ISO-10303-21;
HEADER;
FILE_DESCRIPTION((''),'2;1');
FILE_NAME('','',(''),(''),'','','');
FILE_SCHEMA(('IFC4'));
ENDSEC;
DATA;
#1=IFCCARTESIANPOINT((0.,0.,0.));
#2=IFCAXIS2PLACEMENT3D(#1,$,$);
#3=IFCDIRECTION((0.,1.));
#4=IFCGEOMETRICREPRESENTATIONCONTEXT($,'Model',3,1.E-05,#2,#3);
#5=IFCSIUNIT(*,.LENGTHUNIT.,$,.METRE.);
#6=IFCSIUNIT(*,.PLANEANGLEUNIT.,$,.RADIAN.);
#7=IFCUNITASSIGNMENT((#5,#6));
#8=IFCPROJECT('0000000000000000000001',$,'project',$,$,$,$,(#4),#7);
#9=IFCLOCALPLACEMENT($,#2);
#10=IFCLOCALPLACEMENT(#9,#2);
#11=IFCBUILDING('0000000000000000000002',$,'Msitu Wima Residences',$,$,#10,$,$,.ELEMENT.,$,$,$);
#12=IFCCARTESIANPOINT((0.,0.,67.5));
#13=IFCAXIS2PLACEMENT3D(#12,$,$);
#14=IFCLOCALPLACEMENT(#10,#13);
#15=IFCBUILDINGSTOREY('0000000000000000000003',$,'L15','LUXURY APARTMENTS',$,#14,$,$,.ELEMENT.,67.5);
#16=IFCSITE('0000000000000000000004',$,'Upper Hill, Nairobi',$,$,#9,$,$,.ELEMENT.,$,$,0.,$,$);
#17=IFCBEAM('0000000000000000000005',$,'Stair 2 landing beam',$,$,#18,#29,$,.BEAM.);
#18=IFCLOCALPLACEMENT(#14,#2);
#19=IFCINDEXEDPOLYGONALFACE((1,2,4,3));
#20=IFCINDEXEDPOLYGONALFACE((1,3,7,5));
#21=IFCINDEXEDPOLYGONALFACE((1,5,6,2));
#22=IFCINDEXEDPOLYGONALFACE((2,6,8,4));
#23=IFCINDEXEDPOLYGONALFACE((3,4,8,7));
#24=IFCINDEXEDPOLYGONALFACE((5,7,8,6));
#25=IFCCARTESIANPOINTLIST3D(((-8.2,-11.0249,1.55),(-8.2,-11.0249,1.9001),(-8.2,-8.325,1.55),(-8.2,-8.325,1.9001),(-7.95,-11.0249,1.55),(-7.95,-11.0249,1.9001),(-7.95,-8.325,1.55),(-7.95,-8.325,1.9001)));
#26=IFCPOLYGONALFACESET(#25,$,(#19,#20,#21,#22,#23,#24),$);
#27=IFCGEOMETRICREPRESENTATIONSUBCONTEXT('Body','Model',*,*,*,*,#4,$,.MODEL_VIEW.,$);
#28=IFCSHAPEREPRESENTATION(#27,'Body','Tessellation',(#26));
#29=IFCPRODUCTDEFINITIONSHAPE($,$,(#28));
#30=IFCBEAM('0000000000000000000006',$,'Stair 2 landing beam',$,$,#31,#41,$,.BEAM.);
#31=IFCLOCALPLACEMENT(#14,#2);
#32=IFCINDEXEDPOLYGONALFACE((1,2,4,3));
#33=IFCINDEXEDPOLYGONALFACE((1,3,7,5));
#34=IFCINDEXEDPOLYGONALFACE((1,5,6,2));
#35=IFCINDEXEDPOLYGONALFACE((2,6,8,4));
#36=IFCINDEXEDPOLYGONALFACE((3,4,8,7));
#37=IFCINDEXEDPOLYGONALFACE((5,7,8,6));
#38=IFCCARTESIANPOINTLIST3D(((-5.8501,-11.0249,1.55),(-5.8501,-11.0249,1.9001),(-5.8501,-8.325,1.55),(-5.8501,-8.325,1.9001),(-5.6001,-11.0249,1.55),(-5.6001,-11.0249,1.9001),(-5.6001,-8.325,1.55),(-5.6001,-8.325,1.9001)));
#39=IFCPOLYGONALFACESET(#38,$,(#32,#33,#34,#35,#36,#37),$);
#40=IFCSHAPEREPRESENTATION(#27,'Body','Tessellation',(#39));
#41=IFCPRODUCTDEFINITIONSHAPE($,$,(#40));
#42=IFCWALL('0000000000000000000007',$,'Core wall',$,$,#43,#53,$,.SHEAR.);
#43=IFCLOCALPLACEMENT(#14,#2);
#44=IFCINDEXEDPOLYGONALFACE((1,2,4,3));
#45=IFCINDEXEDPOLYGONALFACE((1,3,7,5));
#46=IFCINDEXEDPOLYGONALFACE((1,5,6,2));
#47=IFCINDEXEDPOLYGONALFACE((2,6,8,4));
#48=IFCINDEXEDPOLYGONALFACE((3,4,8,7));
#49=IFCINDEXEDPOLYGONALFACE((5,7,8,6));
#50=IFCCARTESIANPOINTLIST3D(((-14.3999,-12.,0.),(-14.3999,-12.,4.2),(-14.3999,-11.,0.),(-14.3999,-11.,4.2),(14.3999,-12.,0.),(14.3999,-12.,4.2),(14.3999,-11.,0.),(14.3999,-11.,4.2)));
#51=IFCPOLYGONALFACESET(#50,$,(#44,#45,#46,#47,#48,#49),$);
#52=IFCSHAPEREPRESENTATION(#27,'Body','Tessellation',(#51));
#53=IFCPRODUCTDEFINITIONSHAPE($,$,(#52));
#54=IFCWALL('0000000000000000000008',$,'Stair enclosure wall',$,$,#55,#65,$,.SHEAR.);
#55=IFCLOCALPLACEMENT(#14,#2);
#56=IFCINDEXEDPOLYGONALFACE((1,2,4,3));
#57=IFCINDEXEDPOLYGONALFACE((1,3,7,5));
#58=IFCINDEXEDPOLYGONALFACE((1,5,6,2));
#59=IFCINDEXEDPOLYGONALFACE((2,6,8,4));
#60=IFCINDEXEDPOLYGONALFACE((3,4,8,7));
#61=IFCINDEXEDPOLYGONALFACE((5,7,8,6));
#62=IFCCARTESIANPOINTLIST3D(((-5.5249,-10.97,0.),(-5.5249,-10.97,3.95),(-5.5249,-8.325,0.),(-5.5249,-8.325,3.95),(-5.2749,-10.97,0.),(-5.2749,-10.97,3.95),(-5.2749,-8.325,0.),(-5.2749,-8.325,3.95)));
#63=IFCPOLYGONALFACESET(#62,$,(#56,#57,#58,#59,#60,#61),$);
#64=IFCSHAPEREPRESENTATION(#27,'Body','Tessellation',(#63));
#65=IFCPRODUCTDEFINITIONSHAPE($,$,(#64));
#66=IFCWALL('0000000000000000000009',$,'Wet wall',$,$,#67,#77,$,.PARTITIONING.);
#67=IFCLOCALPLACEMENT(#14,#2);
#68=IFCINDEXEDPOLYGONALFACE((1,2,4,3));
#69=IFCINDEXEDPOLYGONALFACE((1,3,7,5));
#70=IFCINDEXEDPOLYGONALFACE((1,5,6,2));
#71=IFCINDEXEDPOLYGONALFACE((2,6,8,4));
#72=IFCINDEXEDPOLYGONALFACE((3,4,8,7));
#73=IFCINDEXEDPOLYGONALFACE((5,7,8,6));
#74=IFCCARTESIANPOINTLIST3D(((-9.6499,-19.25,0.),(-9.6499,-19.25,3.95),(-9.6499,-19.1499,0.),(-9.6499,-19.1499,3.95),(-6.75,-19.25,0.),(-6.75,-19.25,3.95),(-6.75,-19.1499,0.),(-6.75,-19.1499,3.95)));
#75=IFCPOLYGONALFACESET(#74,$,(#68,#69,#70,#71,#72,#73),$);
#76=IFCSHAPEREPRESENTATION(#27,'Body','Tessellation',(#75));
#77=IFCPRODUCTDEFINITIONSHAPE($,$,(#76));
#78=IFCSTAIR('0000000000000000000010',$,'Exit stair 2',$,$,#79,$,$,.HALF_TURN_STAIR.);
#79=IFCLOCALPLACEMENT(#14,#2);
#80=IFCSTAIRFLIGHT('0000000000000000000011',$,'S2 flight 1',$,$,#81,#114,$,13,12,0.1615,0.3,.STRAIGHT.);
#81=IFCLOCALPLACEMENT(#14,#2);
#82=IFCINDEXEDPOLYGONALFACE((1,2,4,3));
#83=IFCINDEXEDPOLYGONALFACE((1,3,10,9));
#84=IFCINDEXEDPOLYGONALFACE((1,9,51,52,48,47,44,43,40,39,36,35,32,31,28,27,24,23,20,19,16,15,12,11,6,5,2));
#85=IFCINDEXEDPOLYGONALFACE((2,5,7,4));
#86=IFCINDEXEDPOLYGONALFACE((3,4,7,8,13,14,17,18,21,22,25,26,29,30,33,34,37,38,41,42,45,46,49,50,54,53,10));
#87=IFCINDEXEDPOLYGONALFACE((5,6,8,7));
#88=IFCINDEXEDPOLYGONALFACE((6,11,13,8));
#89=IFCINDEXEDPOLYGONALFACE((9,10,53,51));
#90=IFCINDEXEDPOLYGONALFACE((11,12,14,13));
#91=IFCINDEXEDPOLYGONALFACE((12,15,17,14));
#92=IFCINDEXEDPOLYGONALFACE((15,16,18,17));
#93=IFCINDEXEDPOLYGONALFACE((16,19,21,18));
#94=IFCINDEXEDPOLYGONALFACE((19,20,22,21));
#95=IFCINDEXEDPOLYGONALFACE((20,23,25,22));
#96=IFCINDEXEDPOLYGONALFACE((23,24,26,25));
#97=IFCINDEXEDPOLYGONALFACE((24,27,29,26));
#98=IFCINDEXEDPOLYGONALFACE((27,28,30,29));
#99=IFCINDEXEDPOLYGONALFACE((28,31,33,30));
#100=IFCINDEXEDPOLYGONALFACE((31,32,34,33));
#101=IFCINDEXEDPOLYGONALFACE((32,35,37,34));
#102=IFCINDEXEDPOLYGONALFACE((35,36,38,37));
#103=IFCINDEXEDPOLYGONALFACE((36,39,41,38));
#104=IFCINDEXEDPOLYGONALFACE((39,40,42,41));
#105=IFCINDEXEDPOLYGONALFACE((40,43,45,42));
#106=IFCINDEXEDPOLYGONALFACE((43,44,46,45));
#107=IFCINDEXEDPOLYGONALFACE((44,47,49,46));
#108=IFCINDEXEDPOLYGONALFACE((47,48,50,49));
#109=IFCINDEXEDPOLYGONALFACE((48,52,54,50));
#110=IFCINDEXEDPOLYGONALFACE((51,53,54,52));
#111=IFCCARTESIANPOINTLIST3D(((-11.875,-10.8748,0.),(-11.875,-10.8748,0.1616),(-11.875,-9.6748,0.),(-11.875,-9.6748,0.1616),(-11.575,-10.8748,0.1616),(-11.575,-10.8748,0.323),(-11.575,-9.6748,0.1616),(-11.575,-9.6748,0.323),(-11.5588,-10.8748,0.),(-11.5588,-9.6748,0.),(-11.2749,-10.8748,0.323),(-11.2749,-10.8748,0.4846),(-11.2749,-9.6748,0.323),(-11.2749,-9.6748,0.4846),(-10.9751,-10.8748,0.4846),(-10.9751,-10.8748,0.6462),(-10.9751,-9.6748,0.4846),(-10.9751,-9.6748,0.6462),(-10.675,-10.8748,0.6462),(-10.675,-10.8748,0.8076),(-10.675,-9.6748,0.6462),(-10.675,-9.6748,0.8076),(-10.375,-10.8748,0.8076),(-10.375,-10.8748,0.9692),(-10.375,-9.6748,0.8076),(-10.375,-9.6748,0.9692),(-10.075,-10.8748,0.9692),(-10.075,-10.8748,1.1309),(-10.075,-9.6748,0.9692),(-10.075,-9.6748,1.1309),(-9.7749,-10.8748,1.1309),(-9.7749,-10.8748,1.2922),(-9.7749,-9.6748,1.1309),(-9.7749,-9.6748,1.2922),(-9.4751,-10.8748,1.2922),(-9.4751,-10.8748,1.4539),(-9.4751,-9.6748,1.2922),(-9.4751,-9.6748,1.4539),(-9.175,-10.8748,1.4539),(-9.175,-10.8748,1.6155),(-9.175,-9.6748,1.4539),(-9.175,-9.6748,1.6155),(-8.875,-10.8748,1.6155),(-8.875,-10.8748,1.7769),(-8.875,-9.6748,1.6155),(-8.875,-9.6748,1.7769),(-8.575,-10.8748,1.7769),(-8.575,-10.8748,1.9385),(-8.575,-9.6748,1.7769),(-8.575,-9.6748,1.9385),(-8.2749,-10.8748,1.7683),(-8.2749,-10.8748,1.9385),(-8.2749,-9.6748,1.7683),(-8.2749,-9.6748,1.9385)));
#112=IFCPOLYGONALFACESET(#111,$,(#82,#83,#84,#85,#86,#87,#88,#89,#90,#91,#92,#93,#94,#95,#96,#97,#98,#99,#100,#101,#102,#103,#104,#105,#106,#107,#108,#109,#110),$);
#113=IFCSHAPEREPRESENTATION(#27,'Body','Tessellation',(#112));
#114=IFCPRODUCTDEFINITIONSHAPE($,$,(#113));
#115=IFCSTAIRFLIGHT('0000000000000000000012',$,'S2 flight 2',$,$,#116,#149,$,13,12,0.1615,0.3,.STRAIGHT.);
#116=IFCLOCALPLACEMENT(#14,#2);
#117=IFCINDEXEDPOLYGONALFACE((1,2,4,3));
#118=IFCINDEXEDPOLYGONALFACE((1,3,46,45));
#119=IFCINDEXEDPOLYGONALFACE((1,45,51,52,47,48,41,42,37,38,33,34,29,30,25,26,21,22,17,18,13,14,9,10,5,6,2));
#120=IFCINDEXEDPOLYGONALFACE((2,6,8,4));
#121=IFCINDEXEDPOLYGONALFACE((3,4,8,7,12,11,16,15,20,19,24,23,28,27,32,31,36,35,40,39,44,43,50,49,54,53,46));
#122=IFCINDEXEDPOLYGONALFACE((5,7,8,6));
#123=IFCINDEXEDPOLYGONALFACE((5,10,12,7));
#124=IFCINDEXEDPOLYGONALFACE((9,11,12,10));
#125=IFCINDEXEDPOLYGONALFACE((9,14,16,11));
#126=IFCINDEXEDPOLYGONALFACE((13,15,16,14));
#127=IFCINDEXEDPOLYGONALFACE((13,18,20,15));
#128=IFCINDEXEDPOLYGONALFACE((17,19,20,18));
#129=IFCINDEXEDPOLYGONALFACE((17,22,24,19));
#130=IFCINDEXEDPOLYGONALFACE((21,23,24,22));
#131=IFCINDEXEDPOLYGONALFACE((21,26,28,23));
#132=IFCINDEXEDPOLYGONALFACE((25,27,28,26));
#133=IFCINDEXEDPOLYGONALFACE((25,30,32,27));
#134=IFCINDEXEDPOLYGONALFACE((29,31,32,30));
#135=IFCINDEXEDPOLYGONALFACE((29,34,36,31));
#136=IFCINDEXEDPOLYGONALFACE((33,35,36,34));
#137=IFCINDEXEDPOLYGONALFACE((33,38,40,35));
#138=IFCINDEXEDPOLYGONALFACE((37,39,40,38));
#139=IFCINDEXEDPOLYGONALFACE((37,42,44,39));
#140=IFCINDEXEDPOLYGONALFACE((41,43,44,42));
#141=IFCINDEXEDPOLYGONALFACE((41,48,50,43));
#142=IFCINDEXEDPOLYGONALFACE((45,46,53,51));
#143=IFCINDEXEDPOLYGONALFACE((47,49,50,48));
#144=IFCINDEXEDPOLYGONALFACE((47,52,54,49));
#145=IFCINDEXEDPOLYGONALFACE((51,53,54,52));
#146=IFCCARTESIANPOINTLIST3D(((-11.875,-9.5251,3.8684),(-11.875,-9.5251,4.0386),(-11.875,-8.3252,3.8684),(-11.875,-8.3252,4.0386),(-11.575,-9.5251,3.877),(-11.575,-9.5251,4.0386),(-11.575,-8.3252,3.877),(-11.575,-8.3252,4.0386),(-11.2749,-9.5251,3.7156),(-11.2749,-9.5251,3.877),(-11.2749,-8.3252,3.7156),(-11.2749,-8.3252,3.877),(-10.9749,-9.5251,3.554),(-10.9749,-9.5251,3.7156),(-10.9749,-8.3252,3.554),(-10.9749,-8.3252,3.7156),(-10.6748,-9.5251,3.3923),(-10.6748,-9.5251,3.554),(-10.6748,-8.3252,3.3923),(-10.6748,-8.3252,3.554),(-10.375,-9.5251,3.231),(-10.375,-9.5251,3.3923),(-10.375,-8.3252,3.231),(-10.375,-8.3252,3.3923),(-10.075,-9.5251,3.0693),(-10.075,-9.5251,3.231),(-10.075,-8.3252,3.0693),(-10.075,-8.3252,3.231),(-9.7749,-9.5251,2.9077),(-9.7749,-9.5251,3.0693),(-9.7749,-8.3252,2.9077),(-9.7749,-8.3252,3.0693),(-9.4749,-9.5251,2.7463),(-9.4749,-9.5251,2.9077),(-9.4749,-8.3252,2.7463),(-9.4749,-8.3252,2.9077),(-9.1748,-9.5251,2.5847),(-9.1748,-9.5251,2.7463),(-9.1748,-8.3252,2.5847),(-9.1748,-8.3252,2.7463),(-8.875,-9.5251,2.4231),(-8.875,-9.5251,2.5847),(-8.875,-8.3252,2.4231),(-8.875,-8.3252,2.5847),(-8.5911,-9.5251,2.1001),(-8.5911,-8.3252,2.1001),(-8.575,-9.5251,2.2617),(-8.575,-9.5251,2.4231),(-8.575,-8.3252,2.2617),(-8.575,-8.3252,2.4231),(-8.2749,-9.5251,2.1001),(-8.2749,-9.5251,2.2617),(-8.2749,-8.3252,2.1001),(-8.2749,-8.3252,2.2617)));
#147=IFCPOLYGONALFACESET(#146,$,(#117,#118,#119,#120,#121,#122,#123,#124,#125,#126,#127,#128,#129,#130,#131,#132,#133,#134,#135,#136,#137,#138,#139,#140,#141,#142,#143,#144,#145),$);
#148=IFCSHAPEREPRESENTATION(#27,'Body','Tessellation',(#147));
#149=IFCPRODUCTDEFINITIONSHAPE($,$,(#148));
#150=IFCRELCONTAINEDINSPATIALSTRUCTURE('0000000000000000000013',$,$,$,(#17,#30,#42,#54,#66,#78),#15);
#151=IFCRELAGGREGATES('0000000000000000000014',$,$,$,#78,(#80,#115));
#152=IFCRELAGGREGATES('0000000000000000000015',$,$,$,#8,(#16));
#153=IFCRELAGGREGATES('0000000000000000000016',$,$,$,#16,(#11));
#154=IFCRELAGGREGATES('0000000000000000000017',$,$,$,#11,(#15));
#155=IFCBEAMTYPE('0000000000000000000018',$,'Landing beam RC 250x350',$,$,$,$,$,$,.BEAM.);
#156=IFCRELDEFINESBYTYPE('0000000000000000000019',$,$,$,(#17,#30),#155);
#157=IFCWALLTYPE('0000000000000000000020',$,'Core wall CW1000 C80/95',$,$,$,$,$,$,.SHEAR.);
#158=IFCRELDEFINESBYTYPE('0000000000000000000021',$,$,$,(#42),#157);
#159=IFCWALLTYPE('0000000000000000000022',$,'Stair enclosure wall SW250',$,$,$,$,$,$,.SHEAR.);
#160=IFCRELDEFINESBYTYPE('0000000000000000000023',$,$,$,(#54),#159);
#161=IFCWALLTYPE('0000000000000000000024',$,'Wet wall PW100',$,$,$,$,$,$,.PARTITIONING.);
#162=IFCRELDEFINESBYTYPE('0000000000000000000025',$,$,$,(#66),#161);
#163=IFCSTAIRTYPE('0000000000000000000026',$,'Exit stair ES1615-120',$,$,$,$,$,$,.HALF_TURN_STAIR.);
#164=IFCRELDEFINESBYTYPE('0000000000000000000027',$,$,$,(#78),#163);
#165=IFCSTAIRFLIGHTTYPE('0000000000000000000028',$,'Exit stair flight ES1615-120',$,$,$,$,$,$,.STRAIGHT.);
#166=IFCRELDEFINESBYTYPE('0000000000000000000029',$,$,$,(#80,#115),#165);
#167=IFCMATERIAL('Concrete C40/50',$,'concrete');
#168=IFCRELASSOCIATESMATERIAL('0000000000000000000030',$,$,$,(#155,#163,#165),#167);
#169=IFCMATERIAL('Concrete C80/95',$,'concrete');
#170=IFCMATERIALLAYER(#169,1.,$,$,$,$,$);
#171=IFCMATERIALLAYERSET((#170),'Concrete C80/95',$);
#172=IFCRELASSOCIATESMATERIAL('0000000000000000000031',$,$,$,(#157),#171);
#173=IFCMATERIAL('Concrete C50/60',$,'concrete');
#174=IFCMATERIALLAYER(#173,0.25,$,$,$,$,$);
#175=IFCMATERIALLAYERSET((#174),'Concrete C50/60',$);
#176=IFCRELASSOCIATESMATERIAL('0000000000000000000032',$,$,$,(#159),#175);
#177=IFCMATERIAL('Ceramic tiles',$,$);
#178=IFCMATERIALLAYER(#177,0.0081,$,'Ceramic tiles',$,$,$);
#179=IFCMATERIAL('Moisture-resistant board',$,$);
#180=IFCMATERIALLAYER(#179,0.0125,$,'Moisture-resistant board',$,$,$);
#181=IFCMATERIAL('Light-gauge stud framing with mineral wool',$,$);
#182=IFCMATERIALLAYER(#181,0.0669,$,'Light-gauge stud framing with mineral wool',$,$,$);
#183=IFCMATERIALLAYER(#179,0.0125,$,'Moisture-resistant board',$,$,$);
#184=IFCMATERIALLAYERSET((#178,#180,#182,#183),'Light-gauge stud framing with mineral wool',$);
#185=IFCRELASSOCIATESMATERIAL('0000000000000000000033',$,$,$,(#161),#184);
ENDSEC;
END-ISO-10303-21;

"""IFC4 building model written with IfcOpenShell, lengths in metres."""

from ifc_helpers import new_model, si_unit, direction, frame, frame_2d, origin, origin_2d, place, context, subcontext, project, spatial, polyline, rectangle, outline, extrude, material, layer, layer_set, material_profile, profile_set, type_object, element, aggregate, save


model = new_model("IFC4")

# Units and contexts
model_context = context("Model", 3, precision=1e-05, world=origin(), true_north=direction((0.0, 1.0)))
body_context = subcontext(model_context, "Body", "Model", "MODEL_VIEW")
ifc_project = project(units=[si_unit("LENGTHUNIT", "METRE"), si_unit("PLANEANGLEUNIT", "RADIAN")], contexts=[model_context])

# Site, building, storey
site_placement = place(None, origin())
site = spatial("IfcSite", under=ifc_project, at=site_placement, Name="Upper Hill, Nairobi", CompositionType="ELEMENT", RefElevation=0.0)
building_placement = place(site_placement, origin())
building = spatial("IfcBuilding", under=site, at=building_placement, Name="Msitu Wima Residences", CompositionType="ELEMENT")
storey_placement = place(building_placement, frame((0.0, 0.0, 67.5)))
storey = spatial("IfcBuildingStorey", under=building, at=storey_placement, Name="L15", Description="LUXURY APARTMENTS", CompositionType="ELEMENT", Elevation=67.5)

# Beams
ifc_material_1 = material(Name="Concrete C40/50", Category="concrete")
ifc_material_profile = material_profile(ifc_material_1, rectangle(XDim=0.25, YDim=0.3501, at=origin_2d()), Name="RC 250x350")
ifc_profile_set = profile_set([ifc_material_profile], Name="Concrete C40/50")
beam_type = type_object("IfcBeamType", Name="Landing beam RC 250x350", PredefinedType="BEAM", material=ifc_profile_set)
for number, where, z_axis, x_axis, name in (
    (1, (-8.075, -11.0249, 1.7251), (0.0, 1.0, 0.0), (-1.0, 0.0, 0.0), "Stair 2 landing beam"),
    (2, (-5.7251, -11.0249, 1.7251), (0.0, 1.0, 0.0), (-1.0, 0.0, 0.0), "Stair 2 landing beam"),
):
    element("IfcBeam", number, at=place(storey_placement, frame(where, z_axis=z_axis, x_axis=x_axis)), inside=storey, type_object=beam_type, Name=name, PredefinedType="BEAM", context=body_context, shape_type="SweptSolid", body=[
        extrude(rectangle(XDim=0.25, YDim=0.3501, at=origin_2d()), origin(), (0.0, 0.0, 1.0), 2.7),
    ])

# Wall
ifc_material_2 = material(Name="Concrete C80/95", Category="concrete")
ifc_layer_1 = layer(ifc_material_2, 1.0)
ifc_layer_set_1 = layer_set([ifc_layer_1], Name="Concrete C80/95")
wall_type_1 = type_object("IfcWallType", Name="Core wall CW1000 C80/95", PredefinedType="SHEAR", material=ifc_layer_set_1)
wall_1_placement = place(storey_placement, frame((-14.3999, -11.5, 0.0), z_axis=(0.0, 0.0, 1.0), x_axis=(1.0, 0.0, 0.0)))
element("IfcWall", 3, at=wall_1_placement, inside=storey, type_object=wall_type_1, Name="Core wall", PredefinedType="SHEAR", context=body_context, shape_type="SweptSolid", body=[
    extrude(rectangle(XDim=28.7998, YDim=1.0, at=frame_2d((14.3999, 0.0))), origin(), (0.0, 0.0, 1.0), 4.2),
])

# Walls
ifc_material_3 = material(Name="Concrete C50/60", Category="concrete")
ifc_layer_2 = layer(ifc_material_3, 0.25)
ifc_layer_set_2 = layer_set([ifc_layer_2], Name="Concrete C50/60")
wall_type_2 = type_object("IfcWallType", Name="Stair enclosure wall SW250", PredefinedType="SHEAR", material=ifc_layer_set_2)
wall_2_placement = place(storey_placement, frame((-5.3999, -10.97, 0.0), z_axis=(0.0, 0.0, 1.0), x_axis=(0.0, 1.0, 0.0)))
element("IfcWall", 4, at=wall_2_placement, inside=storey, type_object=wall_type_2, Name="Stair enclosure wall", PredefinedType="SHEAR", context=body_context, shape_type="SweptSolid", body=[
    extrude(rectangle(XDim=2.645, YDim=0.25, at=frame_2d((1.3225, 0.0))), origin(), (0.0, 0.0, 1.0), 3.95),
])
ifc_material_4 = material(Name="Ceramic tiles")
ifc_layer_3 = layer(ifc_material_4, 0.0081, Name="Ceramic tiles")
ifc_material_5 = material(Name="Moisture-resistant board")
ifc_layer_4 = layer(ifc_material_5, 0.0125, Name="Moisture-resistant board")
ifc_material_6 = material(Name="Light-gauge stud framing with mineral wool")
ifc_layer_5 = layer(ifc_material_6, 0.0669, Name="Light-gauge stud framing with mineral wool")
ifc_layer_6 = layer(ifc_material_5, 0.0125, Name="Moisture-resistant board")
ifc_layer_set_3 = layer_set([ifc_layer_3, ifc_layer_4, ifc_layer_5, ifc_layer_6], Name="Light-gauge stud framing with mineral wool")
wall_type_3 = type_object("IfcWallType", Name="Wet wall PW100", PredefinedType="PARTITIONING", material=ifc_layer_set_3)
wall_3_placement = place(storey_placement, frame((-9.6499, -19.2, 0.0), z_axis=(0.0, 0.0, 1.0), x_axis=(1.0, 0.0, 0.0)))
element("IfcWall", 5, at=wall_3_placement, inside=storey, type_object=wall_type_3, Name="Wet wall", PredefinedType="PARTITIONING", context=body_context, shape_type="SweptSolid", body=[
    extrude(rectangle(XDim=2.8999, YDim=0.1001, at=frame_2d((1.45, 0.0))), origin(), (0.0, 0.0, 1.0), 3.95),
])

# Stair, stair flights
stair_type = type_object("IfcStairType", Name="Exit stair ES1615-120", PredefinedType="HALF_TURN_STAIR", material=ifc_material_1)
stair_placement = place(storey_placement, origin())
stair = element("IfcStair", 6, at=stair_placement, inside=storey, type_object=stair_type, Name="Exit stair 2", PredefinedType="HALF_TURN_STAIR")
stair_flight_type = type_object("IfcStairFlightType", Name="Exit stair flight ES1615-120", PredefinedType="STRAIGHT", material=ifc_material_1)
stair_flight_1_placement = place(storey_placement, frame((-11.875, -10.2749, 0.0), z_axis=(0.0, 0.0, 1.0), x_axis=(1.0, 0.0, 0.0)))
stair_flight_1 = element("IfcStairFlight", 7, at=stair_flight_1_placement, type_object=stair_flight_type, Name="S2 flight 1", NumberOfRisers=13, NumberOfTreads=12, PredefinedType="STRAIGHT", RiserHeight=0.1615, TreadLength=0.3, context=body_context, shape_type="SweptSolid", body=[
    extrude(outline(polyline([(0.0, 0.0), (0.0, 0.1616), (0.3, 0.1616), (0.3, 0.323), (0.6001, 0.323), (0.6001, 0.4846), (0.8999, 0.4846), (0.8999, 0.6462), (1.2, 0.6462), (1.2, 0.8076), (1.5, 0.8076), (1.5, 0.9692), (1.8, 0.9692), (1.8, 1.1309), (2.1001, 1.1309), (2.1001, 1.2922), (2.3999, 1.2922), (2.3999, 1.4539), (2.7, 1.4539), (2.7, 1.6155), (3.0, 1.6155), (3.0, 1.7769), (3.3, 1.7769), (3.3, 1.9385), (3.6001, 1.9385), (3.6001, 2.1001), (3.6001, 1.7683), (0.3162, 0.0), (0.0, 0.0)])), frame((0.0, 0.6001, 0.0), z_axis=(0.0, -1.0, 0.0), x_axis=(1.0, 0.0, 0.0)), (0.0, 0.0, 1.0), 1.2),
])
stair_flight_2_placement = place(storey_placement, frame((-8.2749, -8.925, 2.1001), z_axis=(0.0, 0.0, 1.0), x_axis=(-1.0, 0.0, 0.0)))
stair_flight_2 = element("IfcStairFlight", 8, at=stair_flight_2_placement, type_object=stair_flight_type, Name="S2 flight 2", NumberOfRisers=13, NumberOfTreads=12, PredefinedType="STRAIGHT", RiserHeight=0.1615, TreadLength=0.3, context=body_context, shape_type="SweptSolid", body=[
    extrude(outline(polyline([(0.0, 0.0), (0.0, 0.1616), (0.3, 0.1616), (0.3, 0.323), (0.6001, 0.323), (0.6001, 0.4846), (0.8999, 0.4846), (0.8999, 0.6462), (1.2, 0.6462), (1.2, 0.8076), (1.5, 0.8076), (1.5, 0.9692), (1.8, 0.9692), (1.8, 1.1309), (2.1001, 1.1309), (2.1001, 1.2922), (2.3999, 1.2922), (2.3999, 1.4539), (2.7, 1.4539), (2.7, 1.6155), (3.0, 1.6155), (3.0, 1.7769), (3.3, 1.7769), (3.3, 1.9385), (3.6001, 1.9385), (3.6001, 2.1001), (3.6001, 1.7683), (0.3162, 0.0), (0.0, 0.0)])), frame((0.0, 0.6001, 0.0), z_axis=(0.0, -1.0, 0.0), x_axis=(1.0, 0.0, 0.0)), (0.0, 0.0, 1.0), 1.2),
])
aggregate(stair, [stair_flight_1, stair_flight_2])

save(model, "model.ifc")
